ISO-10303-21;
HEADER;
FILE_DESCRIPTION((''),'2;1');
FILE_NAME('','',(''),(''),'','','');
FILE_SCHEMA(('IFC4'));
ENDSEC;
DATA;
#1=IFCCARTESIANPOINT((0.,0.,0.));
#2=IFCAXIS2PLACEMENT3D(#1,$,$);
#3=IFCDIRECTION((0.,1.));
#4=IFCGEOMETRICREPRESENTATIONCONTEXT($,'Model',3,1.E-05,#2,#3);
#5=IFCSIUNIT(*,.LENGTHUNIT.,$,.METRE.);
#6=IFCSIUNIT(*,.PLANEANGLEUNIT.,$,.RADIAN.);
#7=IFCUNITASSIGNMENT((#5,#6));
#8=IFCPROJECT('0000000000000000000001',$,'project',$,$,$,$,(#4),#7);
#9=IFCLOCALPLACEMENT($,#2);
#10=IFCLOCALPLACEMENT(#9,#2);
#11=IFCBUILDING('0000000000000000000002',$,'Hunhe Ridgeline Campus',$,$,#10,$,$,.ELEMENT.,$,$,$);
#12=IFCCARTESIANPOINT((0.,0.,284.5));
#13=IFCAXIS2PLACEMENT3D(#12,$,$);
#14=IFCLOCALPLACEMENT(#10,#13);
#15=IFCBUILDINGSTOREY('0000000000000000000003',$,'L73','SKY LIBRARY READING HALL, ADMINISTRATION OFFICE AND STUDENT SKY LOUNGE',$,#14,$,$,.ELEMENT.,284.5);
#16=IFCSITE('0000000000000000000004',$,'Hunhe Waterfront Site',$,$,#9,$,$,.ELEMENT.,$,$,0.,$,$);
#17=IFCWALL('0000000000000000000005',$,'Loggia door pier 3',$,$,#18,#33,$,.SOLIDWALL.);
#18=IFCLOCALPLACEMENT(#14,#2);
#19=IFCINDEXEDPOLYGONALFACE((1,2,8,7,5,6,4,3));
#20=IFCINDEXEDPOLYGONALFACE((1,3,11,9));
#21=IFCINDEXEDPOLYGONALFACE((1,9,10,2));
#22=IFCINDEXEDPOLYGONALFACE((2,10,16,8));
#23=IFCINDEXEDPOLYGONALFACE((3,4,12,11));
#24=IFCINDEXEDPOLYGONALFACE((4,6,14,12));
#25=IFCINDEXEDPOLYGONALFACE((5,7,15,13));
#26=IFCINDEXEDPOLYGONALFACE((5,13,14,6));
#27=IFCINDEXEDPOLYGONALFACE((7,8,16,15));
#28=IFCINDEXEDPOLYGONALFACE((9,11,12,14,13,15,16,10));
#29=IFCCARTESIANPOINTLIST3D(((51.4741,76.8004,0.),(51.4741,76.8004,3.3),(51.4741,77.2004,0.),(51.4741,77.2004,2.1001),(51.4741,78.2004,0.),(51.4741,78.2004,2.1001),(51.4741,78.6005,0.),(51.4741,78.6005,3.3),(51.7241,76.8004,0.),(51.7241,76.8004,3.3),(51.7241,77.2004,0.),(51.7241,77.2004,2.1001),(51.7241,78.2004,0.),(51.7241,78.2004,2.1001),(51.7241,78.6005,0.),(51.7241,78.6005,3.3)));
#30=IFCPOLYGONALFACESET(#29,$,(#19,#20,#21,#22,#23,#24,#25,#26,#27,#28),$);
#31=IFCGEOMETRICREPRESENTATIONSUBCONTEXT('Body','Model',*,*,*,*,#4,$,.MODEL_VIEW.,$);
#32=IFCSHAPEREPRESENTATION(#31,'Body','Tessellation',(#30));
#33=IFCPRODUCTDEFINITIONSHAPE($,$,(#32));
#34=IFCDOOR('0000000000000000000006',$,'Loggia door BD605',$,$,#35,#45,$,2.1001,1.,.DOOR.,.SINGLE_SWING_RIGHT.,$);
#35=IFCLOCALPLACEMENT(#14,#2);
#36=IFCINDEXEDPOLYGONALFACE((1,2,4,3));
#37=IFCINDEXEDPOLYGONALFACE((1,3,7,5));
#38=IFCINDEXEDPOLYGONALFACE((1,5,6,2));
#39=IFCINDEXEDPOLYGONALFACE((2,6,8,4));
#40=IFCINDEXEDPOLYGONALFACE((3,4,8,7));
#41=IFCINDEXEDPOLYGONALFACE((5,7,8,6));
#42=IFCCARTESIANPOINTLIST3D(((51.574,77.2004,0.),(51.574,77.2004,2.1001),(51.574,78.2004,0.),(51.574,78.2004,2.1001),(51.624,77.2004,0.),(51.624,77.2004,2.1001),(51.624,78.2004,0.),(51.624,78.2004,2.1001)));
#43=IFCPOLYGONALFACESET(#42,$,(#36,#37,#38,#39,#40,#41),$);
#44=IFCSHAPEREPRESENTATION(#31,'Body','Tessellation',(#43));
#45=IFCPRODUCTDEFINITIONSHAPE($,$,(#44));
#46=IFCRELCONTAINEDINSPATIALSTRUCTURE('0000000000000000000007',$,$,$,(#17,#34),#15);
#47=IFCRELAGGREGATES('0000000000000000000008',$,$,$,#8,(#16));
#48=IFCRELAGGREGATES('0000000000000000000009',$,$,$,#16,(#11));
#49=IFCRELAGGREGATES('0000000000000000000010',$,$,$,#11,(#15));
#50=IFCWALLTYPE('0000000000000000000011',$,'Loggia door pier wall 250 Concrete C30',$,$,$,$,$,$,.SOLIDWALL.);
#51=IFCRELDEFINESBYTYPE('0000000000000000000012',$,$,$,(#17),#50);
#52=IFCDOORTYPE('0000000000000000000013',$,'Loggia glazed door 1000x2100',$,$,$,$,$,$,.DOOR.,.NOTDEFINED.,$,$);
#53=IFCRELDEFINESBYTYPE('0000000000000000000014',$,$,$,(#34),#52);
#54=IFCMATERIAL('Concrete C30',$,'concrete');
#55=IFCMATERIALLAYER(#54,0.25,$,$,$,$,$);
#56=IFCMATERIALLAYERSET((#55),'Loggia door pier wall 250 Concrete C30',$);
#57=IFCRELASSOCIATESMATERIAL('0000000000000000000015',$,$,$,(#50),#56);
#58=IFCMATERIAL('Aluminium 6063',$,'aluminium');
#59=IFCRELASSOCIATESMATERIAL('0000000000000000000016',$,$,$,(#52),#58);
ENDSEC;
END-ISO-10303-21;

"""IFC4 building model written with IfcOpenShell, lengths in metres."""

from ifc_helpers import new_model, si_unit, direction, frame, frame_2d, origin, place, context, subcontext, project, spatial, rectangle, extrude, material, layer, layer_set, type_object, element, fill, save


model = new_model("IFC4")

# Units and contexts
model_context = context("Model", 3, precision=1e-05, world=origin(), true_north=direction((0.0, 1.0)))
body_context = subcontext(model_context, "Body", "Model", "MODEL_VIEW")
ifc_project = project(units=[si_unit("LENGTHUNIT", "METRE"), si_unit("PLANEANGLEUNIT", "RADIAN")], contexts=[model_context])

# Site, building, storey
site_placement = place(None, origin())
site = spatial("IfcSite", under=ifc_project, at=site_placement, Name="Hunhe Waterfront Site", CompositionType="ELEMENT", RefElevation=0.0)
building_placement = place(site_placement, origin())
building = spatial("IfcBuilding", under=site, at=building_placement, Name="Hunhe Ridgeline Campus", CompositionType="ELEMENT")
storey_placement = place(building_placement, frame((0.0, 0.0, 284.5)))
storey = spatial("IfcBuildingStorey", under=building, at=storey_placement, Name="L73", Description="SKY LIBRARY READING HALL, ADMINISTRATION OFFICE AND STUDENT SKY LOUNGE", CompositionType="ELEMENT", Elevation=284.5)

# Shared definitions
ifc_material_1 = material(Name="Aluminium 6063", Category="aluminium")

# Wall, opening, door
ifc_material_2 = material(Name="Concrete C30", Category="concrete")
ifc_layer_1 = layer(ifc_material_2, 0.25)
ifc_layer_set_1 = layer_set([ifc_layer_1], Name="Loggia door pier wall 250 Concrete C30")
wall_type = type_object("IfcWallType", Name="Loggia door pier wall 250 Concrete C30", PredefinedType="SOLIDWALL", material=ifc_layer_set_1)
wall_placement = place(storey_placement, frame((51.5991, 76.8005, 0.0), z_axis=(0.0, 0.0, 1.0), x_axis=(0.0, 1.0, 0.0)))
wall = element("IfcWall", 1, at=wall_placement, inside=storey, type_object=wall_type, Name="Loggia door pier 3", PredefinedType="SOLIDWALL", context=body_context, shape_type="SweptSolid", body=[
    extrude(rectangle(XDim=1.8, YDim=0.25, at=frame_2d((0.8999, 0.0))), origin(), (0.0, 0.0, 1.0), 3.3),
])
opening_placement = place(wall_placement, frame((0.3999, 0.0, 0.0)))
opening = element("IfcOpeningElement", 2, at=opening_placement, cuts=wall, PredefinedType="OPENING", context=body_context, shape_type="SweptSolid", body=[
    extrude(rectangle(XDim=1.0, YDim=2.1001, at=frame_2d((0.5, 1.05))), frame((0.0, 0.125, 0.0), z_axis=(0.0, -1.0, 0.0), x_axis=(1.0, 0.0, 0.0)), (0.0, 0.0, 1.0), 0.25),
])
door_type = type_object("IfcDoorType", Name="Loggia glazed door 1000x2100", OperationType="NOTDEFINED", PredefinedType="DOOR", material=ifc_material_1)
door_placement = place(opening_placement, frame((1.0, 0.0, 0.0), z_axis=(0.0, 0.0, 1.0), x_axis=(-1.0, 0.0, 0.0)))
door = element("IfcDoor", 3, at=door_placement, inside=storey, type_object=door_type, Name="Loggia door BD605", OperationType="SINGLE_SWING_RIGHT", OverallHeight=2.1001, OverallWidth=1.0, PredefinedType="DOOR", context=body_context, shape_type="SweptSolid", body=[
    extrude(rectangle(XDim=1.0, YDim=2.1001, at=frame_2d((0.5, 1.05))), frame((0.0, 0.0249, 0.0), z_axis=(0.0, -1.0, 0.0), x_axis=(1.0, 0.0, 0.0)), (0.0, 0.0, 1.0), 0.05),
])
fill(opening, door)

save(model, "model.ifc")
